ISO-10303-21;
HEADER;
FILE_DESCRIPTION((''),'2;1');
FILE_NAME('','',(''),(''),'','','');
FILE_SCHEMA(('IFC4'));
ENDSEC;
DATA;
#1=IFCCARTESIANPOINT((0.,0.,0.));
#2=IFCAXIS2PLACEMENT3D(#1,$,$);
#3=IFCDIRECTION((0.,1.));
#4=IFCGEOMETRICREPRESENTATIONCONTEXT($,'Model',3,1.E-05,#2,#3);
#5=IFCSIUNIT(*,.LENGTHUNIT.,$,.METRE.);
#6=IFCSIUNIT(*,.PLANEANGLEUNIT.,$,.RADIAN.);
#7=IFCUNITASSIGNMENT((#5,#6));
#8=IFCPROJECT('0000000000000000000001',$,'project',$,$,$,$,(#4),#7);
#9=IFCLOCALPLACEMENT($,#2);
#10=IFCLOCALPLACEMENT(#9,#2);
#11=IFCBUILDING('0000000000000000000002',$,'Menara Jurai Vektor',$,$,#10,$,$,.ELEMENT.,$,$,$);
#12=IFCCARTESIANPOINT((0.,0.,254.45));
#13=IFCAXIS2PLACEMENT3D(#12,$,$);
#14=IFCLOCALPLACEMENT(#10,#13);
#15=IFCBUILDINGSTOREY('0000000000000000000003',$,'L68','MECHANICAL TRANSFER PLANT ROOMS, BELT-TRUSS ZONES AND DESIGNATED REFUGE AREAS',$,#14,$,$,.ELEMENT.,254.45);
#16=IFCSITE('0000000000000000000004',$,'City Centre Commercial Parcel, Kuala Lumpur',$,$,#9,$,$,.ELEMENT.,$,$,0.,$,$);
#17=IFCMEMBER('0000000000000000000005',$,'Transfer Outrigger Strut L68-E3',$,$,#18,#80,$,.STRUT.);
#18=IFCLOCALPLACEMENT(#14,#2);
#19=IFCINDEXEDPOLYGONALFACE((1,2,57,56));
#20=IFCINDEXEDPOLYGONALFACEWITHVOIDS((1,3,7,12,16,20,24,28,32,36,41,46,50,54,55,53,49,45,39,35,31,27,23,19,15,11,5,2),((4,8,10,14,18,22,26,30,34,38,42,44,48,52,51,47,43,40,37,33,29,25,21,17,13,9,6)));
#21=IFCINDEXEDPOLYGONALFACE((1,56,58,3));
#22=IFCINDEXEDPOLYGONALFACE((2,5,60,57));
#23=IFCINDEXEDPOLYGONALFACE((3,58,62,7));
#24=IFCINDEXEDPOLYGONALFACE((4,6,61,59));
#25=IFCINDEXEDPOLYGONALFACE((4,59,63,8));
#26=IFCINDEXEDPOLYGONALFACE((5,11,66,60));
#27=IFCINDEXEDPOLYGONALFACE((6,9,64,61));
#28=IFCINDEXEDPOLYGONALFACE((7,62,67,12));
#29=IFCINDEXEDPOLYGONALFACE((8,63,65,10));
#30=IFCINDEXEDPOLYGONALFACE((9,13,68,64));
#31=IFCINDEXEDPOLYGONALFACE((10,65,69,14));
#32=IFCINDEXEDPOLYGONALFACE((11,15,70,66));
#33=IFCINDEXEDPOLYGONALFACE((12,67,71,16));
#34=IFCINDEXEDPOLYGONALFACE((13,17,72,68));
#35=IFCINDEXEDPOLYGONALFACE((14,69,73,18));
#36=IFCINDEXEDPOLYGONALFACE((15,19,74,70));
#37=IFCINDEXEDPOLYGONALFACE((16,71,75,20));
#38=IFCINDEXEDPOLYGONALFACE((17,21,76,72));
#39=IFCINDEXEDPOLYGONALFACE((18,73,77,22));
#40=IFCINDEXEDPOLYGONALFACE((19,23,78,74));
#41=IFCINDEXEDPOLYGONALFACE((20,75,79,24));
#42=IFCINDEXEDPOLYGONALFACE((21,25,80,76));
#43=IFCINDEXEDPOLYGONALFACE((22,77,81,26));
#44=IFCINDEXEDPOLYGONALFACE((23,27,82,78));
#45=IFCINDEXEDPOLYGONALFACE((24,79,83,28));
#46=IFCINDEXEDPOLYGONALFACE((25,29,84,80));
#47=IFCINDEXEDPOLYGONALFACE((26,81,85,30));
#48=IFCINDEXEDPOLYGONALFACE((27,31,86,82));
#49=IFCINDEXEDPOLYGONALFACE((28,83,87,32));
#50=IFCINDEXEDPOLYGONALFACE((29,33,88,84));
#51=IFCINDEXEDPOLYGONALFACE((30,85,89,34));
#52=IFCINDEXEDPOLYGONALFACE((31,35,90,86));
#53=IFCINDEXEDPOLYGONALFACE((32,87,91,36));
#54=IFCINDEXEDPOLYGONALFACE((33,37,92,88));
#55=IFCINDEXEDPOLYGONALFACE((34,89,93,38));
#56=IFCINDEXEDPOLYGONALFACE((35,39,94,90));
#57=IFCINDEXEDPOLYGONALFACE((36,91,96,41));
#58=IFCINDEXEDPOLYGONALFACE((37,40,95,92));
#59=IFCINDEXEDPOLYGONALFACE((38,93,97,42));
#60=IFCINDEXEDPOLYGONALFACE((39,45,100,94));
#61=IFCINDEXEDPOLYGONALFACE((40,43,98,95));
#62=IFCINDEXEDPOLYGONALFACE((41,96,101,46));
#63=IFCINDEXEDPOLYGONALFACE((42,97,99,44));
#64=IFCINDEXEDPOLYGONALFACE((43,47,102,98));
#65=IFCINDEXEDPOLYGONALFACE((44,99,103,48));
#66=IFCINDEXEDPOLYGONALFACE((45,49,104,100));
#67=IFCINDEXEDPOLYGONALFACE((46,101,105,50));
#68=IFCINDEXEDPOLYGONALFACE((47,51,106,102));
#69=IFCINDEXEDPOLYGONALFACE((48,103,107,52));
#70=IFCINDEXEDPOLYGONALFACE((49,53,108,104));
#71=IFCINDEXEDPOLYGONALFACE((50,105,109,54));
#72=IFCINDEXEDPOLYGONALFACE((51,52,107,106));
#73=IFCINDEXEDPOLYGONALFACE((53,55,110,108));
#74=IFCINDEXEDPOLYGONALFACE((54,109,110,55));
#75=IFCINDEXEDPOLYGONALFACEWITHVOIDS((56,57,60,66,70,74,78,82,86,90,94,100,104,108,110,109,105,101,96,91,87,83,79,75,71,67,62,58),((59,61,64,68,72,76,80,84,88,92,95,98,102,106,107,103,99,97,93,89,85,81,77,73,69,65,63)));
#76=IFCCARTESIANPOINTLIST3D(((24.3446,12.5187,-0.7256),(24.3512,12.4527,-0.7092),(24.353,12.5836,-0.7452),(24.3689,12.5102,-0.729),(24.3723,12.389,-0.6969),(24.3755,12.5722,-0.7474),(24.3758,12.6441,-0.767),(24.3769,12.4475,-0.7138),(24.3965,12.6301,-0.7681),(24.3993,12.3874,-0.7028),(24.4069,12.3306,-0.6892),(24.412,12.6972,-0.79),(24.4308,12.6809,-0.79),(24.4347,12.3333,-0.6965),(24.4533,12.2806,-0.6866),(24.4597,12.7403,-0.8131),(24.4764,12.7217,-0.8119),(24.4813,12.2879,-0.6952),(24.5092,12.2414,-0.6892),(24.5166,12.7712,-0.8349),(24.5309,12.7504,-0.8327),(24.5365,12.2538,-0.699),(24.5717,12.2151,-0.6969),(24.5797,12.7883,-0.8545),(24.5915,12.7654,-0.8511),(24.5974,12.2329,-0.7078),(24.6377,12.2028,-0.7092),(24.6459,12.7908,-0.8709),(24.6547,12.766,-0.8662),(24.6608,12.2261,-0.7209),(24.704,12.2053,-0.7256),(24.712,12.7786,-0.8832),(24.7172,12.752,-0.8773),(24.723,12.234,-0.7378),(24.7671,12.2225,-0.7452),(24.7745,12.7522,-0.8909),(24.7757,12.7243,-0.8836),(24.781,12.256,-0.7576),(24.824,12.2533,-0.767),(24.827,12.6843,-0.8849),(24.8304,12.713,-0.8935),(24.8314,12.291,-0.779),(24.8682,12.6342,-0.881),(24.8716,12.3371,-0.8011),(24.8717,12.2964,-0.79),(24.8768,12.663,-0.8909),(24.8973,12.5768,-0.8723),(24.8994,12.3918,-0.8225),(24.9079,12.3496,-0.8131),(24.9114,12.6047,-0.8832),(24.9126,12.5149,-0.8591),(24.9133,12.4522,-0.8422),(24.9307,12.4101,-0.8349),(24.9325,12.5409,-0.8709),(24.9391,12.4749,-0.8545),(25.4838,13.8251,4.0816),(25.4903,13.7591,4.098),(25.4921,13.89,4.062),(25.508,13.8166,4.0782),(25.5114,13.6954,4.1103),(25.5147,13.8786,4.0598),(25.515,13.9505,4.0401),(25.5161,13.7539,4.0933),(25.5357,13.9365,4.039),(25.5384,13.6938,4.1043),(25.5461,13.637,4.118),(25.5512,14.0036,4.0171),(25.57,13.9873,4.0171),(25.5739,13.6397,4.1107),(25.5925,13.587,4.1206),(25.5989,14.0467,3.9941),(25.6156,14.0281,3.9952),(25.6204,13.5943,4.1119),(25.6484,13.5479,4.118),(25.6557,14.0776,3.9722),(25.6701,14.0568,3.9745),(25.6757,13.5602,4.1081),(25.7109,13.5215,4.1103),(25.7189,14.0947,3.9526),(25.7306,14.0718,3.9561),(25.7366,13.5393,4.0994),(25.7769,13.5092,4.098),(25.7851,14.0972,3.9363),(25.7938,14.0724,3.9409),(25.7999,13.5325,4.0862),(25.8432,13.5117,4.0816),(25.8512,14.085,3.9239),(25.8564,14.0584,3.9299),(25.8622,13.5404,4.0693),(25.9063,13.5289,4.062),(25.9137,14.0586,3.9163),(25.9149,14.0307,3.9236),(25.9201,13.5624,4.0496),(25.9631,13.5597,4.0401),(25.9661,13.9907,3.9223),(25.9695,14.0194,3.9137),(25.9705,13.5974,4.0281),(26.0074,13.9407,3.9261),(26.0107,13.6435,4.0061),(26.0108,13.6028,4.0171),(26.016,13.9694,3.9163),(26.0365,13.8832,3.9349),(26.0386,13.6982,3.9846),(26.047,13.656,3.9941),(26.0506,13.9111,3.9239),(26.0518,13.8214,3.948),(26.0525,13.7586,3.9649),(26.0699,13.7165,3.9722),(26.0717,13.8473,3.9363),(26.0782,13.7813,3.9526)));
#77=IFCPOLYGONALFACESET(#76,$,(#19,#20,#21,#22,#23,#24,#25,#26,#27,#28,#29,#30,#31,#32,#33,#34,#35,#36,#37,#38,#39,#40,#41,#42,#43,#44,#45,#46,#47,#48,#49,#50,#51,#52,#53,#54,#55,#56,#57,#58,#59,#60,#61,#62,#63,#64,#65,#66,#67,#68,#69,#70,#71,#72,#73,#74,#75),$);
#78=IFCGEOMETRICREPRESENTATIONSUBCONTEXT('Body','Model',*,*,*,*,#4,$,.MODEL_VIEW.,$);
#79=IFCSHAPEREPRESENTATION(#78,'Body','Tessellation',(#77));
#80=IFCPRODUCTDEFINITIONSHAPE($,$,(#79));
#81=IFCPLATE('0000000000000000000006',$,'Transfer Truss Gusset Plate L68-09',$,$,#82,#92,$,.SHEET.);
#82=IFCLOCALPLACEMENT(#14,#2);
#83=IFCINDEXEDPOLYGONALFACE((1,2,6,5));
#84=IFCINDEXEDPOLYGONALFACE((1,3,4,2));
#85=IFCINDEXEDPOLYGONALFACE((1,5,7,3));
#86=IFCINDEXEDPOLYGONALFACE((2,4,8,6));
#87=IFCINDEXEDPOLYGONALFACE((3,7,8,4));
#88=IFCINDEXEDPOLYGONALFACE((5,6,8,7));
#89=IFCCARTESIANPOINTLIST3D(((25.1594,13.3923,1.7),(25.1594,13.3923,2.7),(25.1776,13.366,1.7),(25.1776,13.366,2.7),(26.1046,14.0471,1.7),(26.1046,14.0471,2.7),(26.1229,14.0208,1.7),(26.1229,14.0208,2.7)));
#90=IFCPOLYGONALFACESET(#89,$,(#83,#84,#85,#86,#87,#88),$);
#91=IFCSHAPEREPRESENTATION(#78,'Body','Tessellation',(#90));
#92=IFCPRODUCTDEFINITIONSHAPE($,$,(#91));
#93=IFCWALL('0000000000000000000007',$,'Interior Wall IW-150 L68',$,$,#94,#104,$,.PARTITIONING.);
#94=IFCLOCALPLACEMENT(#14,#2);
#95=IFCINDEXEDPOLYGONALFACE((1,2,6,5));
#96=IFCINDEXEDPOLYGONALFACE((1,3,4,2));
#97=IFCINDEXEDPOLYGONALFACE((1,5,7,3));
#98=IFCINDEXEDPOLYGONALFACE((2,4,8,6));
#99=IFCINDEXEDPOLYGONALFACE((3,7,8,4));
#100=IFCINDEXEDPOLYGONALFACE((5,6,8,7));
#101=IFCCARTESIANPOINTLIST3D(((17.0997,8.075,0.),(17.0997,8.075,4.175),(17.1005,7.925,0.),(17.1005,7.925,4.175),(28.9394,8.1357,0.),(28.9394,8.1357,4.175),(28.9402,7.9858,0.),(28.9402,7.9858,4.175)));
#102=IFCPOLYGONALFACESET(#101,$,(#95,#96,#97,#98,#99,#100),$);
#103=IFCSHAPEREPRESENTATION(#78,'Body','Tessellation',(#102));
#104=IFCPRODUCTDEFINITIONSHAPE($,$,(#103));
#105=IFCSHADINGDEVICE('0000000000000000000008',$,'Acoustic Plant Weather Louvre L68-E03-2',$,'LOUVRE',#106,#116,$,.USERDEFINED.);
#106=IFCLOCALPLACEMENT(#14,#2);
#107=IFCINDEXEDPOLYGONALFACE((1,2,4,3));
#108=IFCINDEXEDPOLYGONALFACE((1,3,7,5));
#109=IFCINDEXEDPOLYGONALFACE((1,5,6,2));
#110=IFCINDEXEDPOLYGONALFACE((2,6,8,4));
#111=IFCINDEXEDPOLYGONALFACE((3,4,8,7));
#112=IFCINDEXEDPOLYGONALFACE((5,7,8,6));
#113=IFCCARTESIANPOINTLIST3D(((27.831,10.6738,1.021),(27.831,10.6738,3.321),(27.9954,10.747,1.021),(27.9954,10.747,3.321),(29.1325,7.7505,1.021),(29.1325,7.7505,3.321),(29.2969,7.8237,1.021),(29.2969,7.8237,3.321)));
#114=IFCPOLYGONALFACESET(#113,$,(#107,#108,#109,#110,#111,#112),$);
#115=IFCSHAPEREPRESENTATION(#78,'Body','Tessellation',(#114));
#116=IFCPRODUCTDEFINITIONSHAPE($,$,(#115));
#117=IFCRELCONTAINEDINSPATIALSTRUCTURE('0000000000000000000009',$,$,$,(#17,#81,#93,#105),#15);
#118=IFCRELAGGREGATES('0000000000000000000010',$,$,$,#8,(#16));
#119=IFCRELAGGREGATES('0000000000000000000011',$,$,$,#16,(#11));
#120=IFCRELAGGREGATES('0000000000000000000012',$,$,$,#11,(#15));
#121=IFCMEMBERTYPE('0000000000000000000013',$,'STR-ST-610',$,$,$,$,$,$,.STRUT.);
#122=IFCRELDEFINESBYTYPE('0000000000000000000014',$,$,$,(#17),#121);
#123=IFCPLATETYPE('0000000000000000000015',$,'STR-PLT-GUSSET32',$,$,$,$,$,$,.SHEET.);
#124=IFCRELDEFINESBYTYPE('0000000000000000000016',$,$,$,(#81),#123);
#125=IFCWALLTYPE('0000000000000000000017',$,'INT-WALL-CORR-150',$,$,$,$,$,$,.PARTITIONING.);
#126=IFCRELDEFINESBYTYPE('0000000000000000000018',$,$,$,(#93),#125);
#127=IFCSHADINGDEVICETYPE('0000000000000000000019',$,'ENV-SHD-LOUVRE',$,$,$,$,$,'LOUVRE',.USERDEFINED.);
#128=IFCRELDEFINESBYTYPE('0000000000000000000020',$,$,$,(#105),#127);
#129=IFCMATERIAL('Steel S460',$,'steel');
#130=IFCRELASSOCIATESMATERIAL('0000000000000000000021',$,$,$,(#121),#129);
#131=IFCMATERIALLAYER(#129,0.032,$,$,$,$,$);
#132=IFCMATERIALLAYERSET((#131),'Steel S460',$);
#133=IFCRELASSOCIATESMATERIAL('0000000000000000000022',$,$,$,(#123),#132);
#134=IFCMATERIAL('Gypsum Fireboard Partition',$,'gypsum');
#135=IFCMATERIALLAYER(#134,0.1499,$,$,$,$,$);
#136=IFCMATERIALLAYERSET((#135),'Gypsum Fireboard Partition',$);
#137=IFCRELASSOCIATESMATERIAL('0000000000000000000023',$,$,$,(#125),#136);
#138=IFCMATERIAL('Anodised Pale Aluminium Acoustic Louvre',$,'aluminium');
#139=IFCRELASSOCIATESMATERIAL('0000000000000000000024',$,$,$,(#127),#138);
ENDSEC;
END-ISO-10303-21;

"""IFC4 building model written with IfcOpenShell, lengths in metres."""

from ifc_helpers import new_model, si_unit, direction, frame, frame_2d, origin, origin_2d, place, context, subcontext, project, spatial, rectangle, hollow_circle, extrude, material, layer, layer_set, material_profile, profile_set, type_object, element, save


model = new_model("IFC4")

# Units and contexts
model_context = context("Model", 3, precision=1e-05, world=origin(), true_north=direction((0.0, 1.0)))
body_context = subcontext(model_context, "Body", "Model", "MODEL_VIEW")
ifc_project = project(units=[si_unit("LENGTHUNIT", "METRE"), si_unit("PLANEANGLEUNIT", "RADIAN")], contexts=[model_context])

# Site, building, storey
site_placement = place(None, origin())
site = spatial("IfcSite", under=ifc_project, at=site_placement, Name="City Centre Commercial Parcel, Kuala Lumpur", CompositionType="ELEMENT", RefElevation=0.0)
building_placement = place(site_placement, origin())
building = spatial("IfcBuilding", under=site, at=building_placement, Name="Menara Jurai Vektor", CompositionType="ELEMENT")
storey_placement = place(building_placement, frame((0.0, 0.0, 254.45)))
storey = spatial("IfcBuildingStorey", under=building, at=storey_placement, Name="L68", Description="MECHANICAL TRANSFER PLANT ROOMS, BELT-TRUSS ZONES AND DESIGNATED REFUGE AREAS", CompositionType="ELEMENT", Elevation=254.45)

# Shared definitions
ifc_material_1 = material(Name="Steel S460", Category="steel")

# Member
ifc_material_profile_1 = material_profile(ifc_material_1, hollow_circle(Radius=0.3049, WallThickness=0.0249, at=origin_2d()), Name="CHS 610x25")
ifc_profile_set_1 = profile_set([ifc_material_profile_1], Name="Steel S460")
member_type_1 = type_object("IfcMemberType", Name="STR-ST-610", PredefinedType="STRUT", material=ifc_profile_set_1)
member_1_placement = place(storey_placement, frame((24.6418, 12.4968, -0.79), z_axis=(0.222924, 0.255651, 0.940716), x_axis=(-0.753701, 0.657217, 0.0)))
element("IfcMember", 1, at=member_1_placement, inside=storey, type_object=member_type_1, Name="Transfer Outrigger Strut L68-E3", PredefinedType="STRUT", context=body_context, shape_type="SweptSolid", body=[
    extrude(hollow_circle(Radius=0.3049, WallThickness=0.0249, at=origin_2d()), origin(), (0.0, 0.0, 1.0), 5.1101),
])

# Plate
ifc_layer_1 = layer(ifc_material_1, 0.032)
ifc_layer_set_1 = layer_set([ifc_layer_1], Name="Steel S460")
plate_type = type_object("IfcPlateType", Name="STR-PLT-GUSSET32", PredefinedType="SHEET", material=ifc_layer_set_1)
plate_placement = place(storey_placement, frame((25.6411, 13.7065, 1.7), z_axis=(0.0, 0.0, 1.0), x_axis=(-0.822045, -0.569423, 0.0)))
element("IfcPlate", 2, at=plate_placement, inside=storey, type_object=plate_type, Name="Transfer Truss Gusset Plate L68-09", PredefinedType="SHEET", context=body_context, shape_type="SweptSolid", body=[
    extrude(rectangle(XDim=1.1499, YDim=0.032, at=origin_2d()), origin(), (0.0, 0.0, 1.0), 1.0),
])

# Wall
ifc_material_2 = material(Name="Gypsum Fireboard Partition", Category="gypsum")
ifc_layer_2 = layer(ifc_material_2, 0.1499)
ifc_layer_set_2 = layer_set([ifc_layer_2], Name="Gypsum Fireboard Partition")
wall_type = type_object("IfcWallType", Name="INT-WALL-CORR-150", PredefinedType="PARTITIONING", material=ifc_layer_set_2)
wall_placement = place(storey_placement, frame((17.1001, 8.0, 0.0), z_axis=(0.0, 0.0, 1.0), x_axis=(0.999987, 0.005134, 0.0)))
element("IfcWall", 3, at=wall_placement, inside=storey, type_object=wall_type, Name="Interior Wall IW-150 L68", PredefinedType="PARTITIONING", context=body_context, shape_type="SweptSolid", body=[
    extrude(rectangle(XDim=11.8398, YDim=0.1499, at=frame_2d((5.9199, 0.0))), origin(), (0.0, 0.0, 1.0), 4.175),
])

# Shading device
ifc_material_3 = material(Name="Anodised Pale Aluminium Acoustic Louvre", Category="aluminium")
shading_device_type = type_object("IfcShadingDeviceType", Name="ENV-SHD-LOUVRE", ElementType="LOUVRE", PredefinedType="USERDEFINED", material=ifc_material_3)
shading_device_placement = place(storey_placement, frame((28.564, 9.2488, 1.021), z_axis=(0.0, 0.0, 1.0), x_axis=(-0.406737, 0.913545, 0.0)))
element("IfcShadingDevice", 4, at=shading_device_placement, inside=storey, type_object=shading_device_type, Name="Acoustic Plant Weather Louvre L68-E03-2", ObjectType="LOUVRE", PredefinedType="USERDEFINED", context=body_context, shape_type="SweptSolid", body=[
    extrude(rectangle(XDim=3.2, YDim=0.1799, at=origin_2d()), origin(), (0.0, 0.0, 1.0), 2.3),
])

save(model, "model.ifc")
